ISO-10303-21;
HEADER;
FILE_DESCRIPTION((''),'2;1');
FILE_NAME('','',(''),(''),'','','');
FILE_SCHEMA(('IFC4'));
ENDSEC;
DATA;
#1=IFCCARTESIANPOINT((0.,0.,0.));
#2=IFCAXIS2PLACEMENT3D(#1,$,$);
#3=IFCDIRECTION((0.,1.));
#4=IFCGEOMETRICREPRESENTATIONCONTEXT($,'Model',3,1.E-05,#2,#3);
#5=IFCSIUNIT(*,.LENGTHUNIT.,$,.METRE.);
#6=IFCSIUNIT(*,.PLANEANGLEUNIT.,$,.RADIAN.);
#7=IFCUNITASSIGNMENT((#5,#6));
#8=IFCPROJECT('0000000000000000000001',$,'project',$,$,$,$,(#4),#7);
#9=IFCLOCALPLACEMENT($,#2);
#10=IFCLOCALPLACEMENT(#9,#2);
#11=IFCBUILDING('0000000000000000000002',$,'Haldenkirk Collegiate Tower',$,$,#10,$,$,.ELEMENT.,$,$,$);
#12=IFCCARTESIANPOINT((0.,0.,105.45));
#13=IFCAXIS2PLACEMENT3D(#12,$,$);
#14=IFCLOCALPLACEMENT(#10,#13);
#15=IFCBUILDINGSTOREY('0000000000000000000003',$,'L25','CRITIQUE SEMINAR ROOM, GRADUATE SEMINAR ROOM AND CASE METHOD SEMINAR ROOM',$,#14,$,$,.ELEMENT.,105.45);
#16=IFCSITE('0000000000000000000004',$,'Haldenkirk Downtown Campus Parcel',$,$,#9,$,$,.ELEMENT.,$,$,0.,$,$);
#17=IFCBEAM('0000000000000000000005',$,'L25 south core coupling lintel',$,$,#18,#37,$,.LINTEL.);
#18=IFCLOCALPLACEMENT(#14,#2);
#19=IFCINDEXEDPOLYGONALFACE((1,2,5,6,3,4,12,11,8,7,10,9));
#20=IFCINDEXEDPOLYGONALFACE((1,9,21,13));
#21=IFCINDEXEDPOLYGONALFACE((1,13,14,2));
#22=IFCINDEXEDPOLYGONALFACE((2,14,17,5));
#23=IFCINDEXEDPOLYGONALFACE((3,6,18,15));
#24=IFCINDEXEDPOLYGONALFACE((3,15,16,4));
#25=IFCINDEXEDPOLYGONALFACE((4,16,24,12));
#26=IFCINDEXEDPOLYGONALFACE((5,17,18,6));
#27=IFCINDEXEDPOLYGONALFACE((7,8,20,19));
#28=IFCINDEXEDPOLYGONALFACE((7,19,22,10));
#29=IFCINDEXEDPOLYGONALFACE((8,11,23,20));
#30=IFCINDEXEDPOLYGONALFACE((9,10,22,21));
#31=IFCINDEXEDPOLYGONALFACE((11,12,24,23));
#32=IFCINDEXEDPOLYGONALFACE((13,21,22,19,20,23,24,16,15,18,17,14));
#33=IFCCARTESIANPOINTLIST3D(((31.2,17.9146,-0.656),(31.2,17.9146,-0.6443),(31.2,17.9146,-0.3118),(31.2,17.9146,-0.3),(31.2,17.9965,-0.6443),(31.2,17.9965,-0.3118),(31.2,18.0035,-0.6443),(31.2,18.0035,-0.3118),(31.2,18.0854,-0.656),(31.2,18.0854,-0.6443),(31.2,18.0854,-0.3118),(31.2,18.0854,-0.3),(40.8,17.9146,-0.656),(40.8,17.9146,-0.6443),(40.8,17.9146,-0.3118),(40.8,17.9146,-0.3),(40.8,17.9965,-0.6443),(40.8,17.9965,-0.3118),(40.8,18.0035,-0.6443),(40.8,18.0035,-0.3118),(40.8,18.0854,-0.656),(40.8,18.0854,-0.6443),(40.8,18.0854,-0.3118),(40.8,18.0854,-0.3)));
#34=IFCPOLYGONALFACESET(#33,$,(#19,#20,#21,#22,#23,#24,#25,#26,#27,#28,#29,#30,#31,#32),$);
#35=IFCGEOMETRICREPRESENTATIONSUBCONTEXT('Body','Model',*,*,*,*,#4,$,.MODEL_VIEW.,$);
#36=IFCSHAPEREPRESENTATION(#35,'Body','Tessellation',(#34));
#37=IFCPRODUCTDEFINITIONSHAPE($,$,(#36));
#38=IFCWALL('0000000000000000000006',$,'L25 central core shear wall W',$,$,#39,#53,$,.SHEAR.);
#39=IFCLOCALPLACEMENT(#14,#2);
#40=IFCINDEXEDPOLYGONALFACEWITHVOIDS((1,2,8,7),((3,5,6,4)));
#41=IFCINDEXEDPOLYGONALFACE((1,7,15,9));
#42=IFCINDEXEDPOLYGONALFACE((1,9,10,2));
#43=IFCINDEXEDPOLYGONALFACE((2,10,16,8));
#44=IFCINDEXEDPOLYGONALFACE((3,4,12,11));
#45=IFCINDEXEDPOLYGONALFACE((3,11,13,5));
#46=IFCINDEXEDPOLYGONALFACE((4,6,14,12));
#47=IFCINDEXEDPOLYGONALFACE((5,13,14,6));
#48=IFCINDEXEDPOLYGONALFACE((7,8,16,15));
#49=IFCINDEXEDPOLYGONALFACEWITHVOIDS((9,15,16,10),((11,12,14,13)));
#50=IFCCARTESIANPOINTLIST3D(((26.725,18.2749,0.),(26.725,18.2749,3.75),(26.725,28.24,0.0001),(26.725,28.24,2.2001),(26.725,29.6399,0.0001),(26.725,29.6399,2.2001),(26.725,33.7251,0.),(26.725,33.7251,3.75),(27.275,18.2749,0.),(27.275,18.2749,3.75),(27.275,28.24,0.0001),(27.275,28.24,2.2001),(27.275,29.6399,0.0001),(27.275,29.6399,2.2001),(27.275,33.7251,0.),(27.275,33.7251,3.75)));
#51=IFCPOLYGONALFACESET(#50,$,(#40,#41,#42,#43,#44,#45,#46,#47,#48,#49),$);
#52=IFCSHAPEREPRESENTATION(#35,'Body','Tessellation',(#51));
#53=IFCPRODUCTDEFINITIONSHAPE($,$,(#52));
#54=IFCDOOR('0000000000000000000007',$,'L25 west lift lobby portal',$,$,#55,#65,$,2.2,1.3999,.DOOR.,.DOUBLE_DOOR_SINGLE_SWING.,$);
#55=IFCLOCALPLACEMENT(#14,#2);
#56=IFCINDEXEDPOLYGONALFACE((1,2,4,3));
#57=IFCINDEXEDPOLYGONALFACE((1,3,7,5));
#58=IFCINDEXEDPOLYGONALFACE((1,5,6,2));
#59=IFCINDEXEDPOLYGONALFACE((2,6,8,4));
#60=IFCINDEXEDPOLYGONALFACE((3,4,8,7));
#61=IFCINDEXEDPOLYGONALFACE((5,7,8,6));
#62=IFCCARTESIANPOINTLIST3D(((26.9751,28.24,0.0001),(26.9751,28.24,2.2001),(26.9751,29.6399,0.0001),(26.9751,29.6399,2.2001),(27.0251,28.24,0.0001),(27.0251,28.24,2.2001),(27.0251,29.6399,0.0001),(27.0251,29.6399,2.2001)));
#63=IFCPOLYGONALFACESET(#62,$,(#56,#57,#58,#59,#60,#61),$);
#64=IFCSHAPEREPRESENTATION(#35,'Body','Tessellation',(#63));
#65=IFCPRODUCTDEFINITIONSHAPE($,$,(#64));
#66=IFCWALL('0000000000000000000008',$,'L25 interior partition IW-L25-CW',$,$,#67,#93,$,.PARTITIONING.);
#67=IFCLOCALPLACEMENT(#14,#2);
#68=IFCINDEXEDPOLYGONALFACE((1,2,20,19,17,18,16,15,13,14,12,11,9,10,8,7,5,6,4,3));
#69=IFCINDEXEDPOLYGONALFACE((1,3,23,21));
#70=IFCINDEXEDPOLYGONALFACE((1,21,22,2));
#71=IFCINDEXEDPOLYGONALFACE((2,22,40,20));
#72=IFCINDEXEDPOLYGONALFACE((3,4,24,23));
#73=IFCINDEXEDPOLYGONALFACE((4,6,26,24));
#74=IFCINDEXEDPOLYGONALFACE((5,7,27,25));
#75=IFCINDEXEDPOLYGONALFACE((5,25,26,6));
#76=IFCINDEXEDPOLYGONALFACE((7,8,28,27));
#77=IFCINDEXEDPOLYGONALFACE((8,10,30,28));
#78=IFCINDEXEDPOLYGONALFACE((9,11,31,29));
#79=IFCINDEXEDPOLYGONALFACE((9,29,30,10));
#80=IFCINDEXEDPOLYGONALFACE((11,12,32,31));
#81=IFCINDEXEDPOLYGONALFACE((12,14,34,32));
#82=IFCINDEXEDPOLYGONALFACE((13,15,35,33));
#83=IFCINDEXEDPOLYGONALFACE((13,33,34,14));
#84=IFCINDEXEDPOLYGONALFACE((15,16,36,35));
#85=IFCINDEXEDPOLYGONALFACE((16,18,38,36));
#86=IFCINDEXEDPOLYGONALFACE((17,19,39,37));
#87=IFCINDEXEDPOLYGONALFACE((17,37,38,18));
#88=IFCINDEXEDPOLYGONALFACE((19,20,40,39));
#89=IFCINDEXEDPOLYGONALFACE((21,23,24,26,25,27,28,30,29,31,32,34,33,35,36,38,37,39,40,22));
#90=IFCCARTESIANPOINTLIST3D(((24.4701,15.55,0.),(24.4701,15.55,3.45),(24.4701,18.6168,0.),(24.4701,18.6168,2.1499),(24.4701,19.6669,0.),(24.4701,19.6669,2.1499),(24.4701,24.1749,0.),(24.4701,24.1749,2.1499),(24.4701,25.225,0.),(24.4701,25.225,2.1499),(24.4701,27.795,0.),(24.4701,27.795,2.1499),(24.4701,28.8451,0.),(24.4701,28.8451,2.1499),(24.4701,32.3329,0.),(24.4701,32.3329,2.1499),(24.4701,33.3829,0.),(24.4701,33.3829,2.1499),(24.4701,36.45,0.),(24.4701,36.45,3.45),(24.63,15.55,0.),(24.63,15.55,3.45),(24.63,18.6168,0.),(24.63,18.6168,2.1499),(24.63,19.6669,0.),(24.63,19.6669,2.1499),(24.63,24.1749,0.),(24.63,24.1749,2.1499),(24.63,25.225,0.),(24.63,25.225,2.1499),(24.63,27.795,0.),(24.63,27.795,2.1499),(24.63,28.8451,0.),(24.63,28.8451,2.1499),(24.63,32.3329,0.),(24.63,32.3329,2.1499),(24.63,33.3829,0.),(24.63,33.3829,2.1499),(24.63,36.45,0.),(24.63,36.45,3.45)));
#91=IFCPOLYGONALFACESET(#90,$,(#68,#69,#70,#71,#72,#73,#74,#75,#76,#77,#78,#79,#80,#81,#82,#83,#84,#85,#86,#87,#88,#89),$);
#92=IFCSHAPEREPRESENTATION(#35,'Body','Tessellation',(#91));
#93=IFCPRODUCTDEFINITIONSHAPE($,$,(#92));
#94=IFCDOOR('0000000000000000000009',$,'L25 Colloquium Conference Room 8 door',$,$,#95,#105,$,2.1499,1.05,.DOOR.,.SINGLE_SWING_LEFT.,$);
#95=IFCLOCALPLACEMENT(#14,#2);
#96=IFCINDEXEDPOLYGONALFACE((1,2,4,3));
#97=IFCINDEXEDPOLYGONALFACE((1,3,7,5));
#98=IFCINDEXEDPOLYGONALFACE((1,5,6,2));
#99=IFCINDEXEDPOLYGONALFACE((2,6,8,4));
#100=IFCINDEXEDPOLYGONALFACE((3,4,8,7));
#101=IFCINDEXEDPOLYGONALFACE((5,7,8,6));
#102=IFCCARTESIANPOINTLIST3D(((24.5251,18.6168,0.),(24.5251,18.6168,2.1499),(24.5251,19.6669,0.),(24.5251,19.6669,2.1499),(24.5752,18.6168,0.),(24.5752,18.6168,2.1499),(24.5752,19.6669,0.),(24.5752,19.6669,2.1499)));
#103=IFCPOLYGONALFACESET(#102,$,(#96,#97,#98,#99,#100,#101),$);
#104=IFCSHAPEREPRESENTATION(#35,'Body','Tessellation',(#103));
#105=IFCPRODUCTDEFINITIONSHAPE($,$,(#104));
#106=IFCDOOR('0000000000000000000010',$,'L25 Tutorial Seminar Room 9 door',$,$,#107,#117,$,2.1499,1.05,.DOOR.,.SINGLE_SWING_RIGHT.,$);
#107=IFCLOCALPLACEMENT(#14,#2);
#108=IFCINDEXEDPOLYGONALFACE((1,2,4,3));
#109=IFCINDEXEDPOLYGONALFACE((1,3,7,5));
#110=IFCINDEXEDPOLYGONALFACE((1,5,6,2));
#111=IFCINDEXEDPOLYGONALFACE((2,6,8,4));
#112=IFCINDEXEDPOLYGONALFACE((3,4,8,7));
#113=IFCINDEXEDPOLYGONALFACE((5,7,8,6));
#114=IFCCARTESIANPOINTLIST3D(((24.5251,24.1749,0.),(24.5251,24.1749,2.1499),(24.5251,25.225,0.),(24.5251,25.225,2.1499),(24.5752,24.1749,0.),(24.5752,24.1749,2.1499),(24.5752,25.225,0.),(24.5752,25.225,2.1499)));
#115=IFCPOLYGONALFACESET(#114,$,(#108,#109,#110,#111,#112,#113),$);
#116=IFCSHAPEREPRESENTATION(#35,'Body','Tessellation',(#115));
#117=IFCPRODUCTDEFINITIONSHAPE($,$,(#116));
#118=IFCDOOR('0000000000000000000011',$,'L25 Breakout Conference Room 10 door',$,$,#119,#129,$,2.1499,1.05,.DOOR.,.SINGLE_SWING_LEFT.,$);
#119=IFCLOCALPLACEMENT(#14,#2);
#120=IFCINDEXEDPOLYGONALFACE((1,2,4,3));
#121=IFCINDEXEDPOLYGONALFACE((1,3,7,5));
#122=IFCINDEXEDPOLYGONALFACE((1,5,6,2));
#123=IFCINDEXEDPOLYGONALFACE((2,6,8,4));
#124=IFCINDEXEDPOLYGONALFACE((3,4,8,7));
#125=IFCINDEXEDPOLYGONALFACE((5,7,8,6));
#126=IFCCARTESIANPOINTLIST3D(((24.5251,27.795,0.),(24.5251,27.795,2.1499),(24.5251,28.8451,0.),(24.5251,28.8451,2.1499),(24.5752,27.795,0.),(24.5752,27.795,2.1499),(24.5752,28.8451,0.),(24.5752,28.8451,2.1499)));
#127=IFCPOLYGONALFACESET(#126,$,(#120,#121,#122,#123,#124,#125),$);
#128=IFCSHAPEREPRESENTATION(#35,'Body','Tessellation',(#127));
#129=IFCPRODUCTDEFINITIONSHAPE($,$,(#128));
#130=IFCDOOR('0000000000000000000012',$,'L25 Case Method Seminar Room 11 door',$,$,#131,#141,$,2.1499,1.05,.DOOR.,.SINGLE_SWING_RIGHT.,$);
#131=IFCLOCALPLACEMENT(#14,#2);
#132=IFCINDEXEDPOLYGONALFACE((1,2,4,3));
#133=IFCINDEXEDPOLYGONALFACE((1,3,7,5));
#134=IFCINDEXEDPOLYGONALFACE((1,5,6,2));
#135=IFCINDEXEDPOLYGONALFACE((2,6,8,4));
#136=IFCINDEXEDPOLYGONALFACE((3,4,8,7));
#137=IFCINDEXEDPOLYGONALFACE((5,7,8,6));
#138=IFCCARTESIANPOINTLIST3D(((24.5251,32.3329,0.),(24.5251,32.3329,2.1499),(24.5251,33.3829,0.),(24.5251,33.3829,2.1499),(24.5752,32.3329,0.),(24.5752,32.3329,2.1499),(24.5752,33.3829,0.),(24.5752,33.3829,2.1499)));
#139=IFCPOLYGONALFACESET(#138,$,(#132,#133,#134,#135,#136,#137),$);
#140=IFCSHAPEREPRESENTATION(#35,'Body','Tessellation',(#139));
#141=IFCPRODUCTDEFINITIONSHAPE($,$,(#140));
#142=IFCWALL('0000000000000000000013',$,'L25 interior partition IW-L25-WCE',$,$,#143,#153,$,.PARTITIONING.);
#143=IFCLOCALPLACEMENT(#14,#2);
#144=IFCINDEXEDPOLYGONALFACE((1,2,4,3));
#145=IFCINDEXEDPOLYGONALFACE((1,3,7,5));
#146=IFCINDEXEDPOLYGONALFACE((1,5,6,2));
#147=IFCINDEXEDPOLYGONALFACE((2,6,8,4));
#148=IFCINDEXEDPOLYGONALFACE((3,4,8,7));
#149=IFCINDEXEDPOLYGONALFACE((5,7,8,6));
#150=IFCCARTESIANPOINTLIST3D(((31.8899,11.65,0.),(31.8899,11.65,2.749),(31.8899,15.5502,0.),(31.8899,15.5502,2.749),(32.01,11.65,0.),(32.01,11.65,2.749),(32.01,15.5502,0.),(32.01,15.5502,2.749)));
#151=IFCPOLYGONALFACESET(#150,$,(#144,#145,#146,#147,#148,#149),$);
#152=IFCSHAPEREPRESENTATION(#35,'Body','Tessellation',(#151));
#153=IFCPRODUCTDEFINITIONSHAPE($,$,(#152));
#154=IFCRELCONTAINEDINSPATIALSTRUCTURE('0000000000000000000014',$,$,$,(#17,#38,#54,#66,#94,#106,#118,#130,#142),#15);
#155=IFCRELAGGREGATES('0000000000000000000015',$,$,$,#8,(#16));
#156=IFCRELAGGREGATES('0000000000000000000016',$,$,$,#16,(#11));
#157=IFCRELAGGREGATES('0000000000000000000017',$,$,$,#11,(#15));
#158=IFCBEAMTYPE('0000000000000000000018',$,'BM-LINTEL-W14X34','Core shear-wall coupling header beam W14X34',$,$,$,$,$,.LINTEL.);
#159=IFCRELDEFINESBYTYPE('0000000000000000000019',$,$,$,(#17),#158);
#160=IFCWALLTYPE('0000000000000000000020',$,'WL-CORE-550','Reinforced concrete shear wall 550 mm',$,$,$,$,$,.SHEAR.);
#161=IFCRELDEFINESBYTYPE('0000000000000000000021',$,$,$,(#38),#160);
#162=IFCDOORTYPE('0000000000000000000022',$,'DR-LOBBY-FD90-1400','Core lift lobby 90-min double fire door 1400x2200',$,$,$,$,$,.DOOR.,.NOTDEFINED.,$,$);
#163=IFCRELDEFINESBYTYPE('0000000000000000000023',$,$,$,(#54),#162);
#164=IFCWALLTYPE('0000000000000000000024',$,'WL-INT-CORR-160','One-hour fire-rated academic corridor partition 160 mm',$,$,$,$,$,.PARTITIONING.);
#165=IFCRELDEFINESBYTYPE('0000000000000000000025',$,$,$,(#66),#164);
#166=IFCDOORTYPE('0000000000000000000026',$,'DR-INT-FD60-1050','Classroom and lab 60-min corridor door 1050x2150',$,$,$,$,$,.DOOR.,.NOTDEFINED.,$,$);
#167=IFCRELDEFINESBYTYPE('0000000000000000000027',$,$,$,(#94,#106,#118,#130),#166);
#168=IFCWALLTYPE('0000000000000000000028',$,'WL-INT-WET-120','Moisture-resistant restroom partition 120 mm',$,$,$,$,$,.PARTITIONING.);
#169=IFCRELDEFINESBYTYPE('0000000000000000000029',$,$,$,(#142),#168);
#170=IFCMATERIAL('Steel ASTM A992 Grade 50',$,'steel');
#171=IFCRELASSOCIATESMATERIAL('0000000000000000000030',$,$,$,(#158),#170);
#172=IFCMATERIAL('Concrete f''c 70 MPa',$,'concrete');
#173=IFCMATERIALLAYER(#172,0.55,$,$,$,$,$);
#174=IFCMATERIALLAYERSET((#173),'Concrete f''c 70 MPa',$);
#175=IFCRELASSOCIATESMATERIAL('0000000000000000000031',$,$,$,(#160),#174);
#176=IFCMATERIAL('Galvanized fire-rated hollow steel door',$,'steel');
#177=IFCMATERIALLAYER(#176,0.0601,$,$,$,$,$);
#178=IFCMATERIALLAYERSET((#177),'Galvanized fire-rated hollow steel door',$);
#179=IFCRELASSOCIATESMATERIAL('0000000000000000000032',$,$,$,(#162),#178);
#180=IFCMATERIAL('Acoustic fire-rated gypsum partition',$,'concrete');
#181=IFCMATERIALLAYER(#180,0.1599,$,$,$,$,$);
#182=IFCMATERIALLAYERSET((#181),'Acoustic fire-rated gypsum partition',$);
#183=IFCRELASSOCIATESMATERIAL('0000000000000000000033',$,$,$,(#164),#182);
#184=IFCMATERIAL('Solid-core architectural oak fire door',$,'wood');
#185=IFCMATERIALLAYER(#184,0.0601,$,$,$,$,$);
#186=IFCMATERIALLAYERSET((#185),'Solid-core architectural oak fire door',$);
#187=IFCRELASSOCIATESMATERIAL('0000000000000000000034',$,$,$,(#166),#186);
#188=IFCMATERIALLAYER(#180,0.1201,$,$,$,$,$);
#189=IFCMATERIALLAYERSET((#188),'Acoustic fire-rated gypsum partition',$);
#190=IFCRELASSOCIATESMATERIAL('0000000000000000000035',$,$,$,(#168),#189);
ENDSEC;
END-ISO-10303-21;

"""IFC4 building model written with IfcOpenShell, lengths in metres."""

from ifc_helpers import new_model, si_unit, direction, frame, frame_2d, origin, origin_2d, place, context, subcontext, project, spatial, rectangle, i_section, extrude, material, layer, layer_set, material_profile, profile_set, type_object, element, fill, save


model = new_model("IFC4")

# Units and contexts
model_context = context("Model", 3, precision=1e-05, world=origin(), true_north=direction((0.0, 1.0)))
body_context = subcontext(model_context, "Body", "Model", "MODEL_VIEW")
ifc_project = project(units=[si_unit("LENGTHUNIT", "METRE"), si_unit("PLANEANGLEUNIT", "RADIAN")], contexts=[model_context])

# Site, building, storey
site_placement = place(None, origin())
site = spatial("IfcSite", under=ifc_project, at=site_placement, Name="Haldenkirk Downtown Campus Parcel", CompositionType="ELEMENT", RefElevation=0.0)
building_placement = place(site_placement, origin())
building = spatial("IfcBuilding", under=site, at=building_placement, Name="Haldenkirk Collegiate Tower", CompositionType="ELEMENT")
storey_placement = place(building_placement, frame((0.0, 0.0, 105.45)))
storey = spatial("IfcBuildingStorey", under=building, at=storey_placement, Name="L25", Description="CRITIQUE SEMINAR ROOM, GRADUATE SEMINAR ROOM AND CASE METHOD SEMINAR ROOM", CompositionType="ELEMENT", Elevation=105.45)

# Beam
ifc_material_1 = material(Name="Steel ASTM A992 Grade 50", Category="steel")
ifc_material_profile = material_profile(ifc_material_1, i_section(OverallWidth=0.1709, OverallDepth=0.356, WebThickness=0.0071, FlangeThickness=0.0117, at=origin_2d()), Name="W14X34")
ifc_profile_set = profile_set([ifc_material_profile], Name="Steel ASTM A992 Grade 50")
beam_type = type_object("IfcBeamType", Name="BM-LINTEL-W14X34", Description="Core shear-wall coupling header beam W14X34", PredefinedType="LINTEL", material=ifc_profile_set)
beam_placement = place(storey_placement, frame((31.2, 18.0, -0.478), z_axis=(1.0, 0.0, 0.0), x_axis=(0.0, 1.0, 0.0)))
element("IfcBeam", 1, at=beam_placement, inside=storey, type_object=beam_type, Name="L25 south core coupling lintel", PredefinedType="LINTEL", context=body_context, shape_type="SweptSolid", body=[
    extrude(i_section(OverallWidth=0.1709, OverallDepth=0.356, WebThickness=0.0071, FlangeThickness=0.0117, at=origin_2d()), origin(), (0.0, 0.0, 1.0), 9.6001),
])

# Shared definitions
ifc_material_2 = material(Name="Concrete f'c 70 MPa", Category="concrete")
ifc_layer_1 = layer(ifc_material_2, 0.55)
ifc_layer_set_1 = layer_set([ifc_layer_1], Name="Concrete f'c 70 MPa")
wall_type_1 = type_object("IfcWallType", Name="WL-CORE-550", Description="Reinforced concrete shear wall 550 mm", PredefinedType="SHEAR", material=ifc_layer_set_1)
ifc_material_3 = material(Name="Galvanized fire-rated hollow steel door", Category="steel")

# Wall, opening, door
wall_1_placement = place(storey_placement, frame((27.0, 18.2749, 0.0), z_axis=(0.0, 0.0, 1.0), x_axis=(0.0, 1.0, 0.0)))
wall_1 = element("IfcWall", 2, at=wall_1_placement, inside=storey, type_object=wall_type_1, Name="L25 central core shear wall W", PredefinedType="SHEAR", context=body_context, shape_type="SweptSolid", body=[
    extrude(rectangle(XDim=15.4502, YDim=0.55, at=frame_2d((7.7251, 0.0))), origin(), (0.0, 0.0, 1.0), 3.75),
])
opening_1_placement = place(wall_1_placement, frame((9.9651, 0.0, 0.0)))
opening_1 = element("IfcOpeningElement", 3, at=opening_1_placement, cuts=wall_1, PredefinedType="OPENING", context=body_context, shape_type="SweptSolid", body=[
    extrude(rectangle(XDim=1.3999, YDim=2.2, at=frame_2d((0.7, 1.1001))), frame((0.0, 0.2849, 0.0), z_axis=(0.0, -1.0, 0.0), x_axis=(1.0, 0.0, 0.0)), (0.0, 0.0, 1.0), 0.5701),
])
ifc_layer_2 = layer(ifc_material_3, 0.0601)
ifc_layer_set_2 = layer_set([ifc_layer_2], Name="Galvanized fire-rated hollow steel door")
door_type_1 = type_object("IfcDoorType", Name="DR-LOBBY-FD90-1400", Description="Core lift lobby 90-min double fire door 1400x2200", OperationType="NOTDEFINED", PredefinedType="DOOR", material=ifc_layer_set_2)
door_1_placement = place(opening_1_placement, origin())
door_1 = element("IfcDoor", 4, at=door_1_placement, inside=storey, type_object=door_type_1, Name="L25 west lift lobby portal", OperationType="DOUBLE_DOOR_SINGLE_SWING", OverallHeight=2.2, OverallWidth=1.3999, PredefinedType="DOOR", context=body_context, shape_type="SweptSolid", body=[
    extrude(rectangle(XDim=1.3999, YDim=2.2, at=frame_2d((0.7, 1.1001))), frame((0.0, 0.0249, 0.0), z_axis=(0.0, -1.0, 0.0), x_axis=(1.0, 0.0, 0.0)), (0.0, 0.0, 1.0), 0.05),
])
fill(opening_1, door_1)

# Wall, openings, doors
ifc_material_4 = material(Name="Acoustic fire-rated gypsum partition", Category="concrete")
ifc_layer_3 = layer(ifc_material_4, 0.1599)
ifc_layer_set_3 = layer_set([ifc_layer_3], Name="Acoustic fire-rated gypsum partition")
wall_type_2 = type_object("IfcWallType", Name="WL-INT-CORR-160", Description="One-hour fire-rated academic corridor partition 160 mm", PredefinedType="PARTITIONING", material=ifc_layer_set_3)
ifc_material_5 = material(Name="Solid-core architectural oak fire door", Category="wood")
ifc_layer_4 = layer(ifc_material_5, 0.0601)
ifc_layer_set_4 = layer_set([ifc_layer_4], Name="Solid-core architectural oak fire door")
door_type_2 = type_object("IfcDoorType", Name="DR-INT-FD60-1050", Description="Classroom and lab 60-min corridor door 1050x2150", OperationType="NOTDEFINED", PredefinedType="DOOR", material=ifc_layer_set_4)
wall_2_placement = place(storey_placement, frame((24.55, 15.55, 0.0), z_axis=(0.0, 0.0, 1.0), x_axis=(0.0, 1.0, 0.0)))
wall_2 = element("IfcWall", 5, at=wall_2_placement, inside=storey, type_object=wall_type_2, Name="L25 interior partition IW-L25-CW", PredefinedType="PARTITIONING", context=body_context, shape_type="SweptSolid", body=[
    extrude(rectangle(XDim=20.8999, YDim=0.1599, at=frame_2d((10.45, 0.0))), origin(), (0.0, 0.0, 1.0), 3.45),
])
opening_2_placement = place(wall_2_placement, frame((3.0669, 0.0, 0.0)))
opening_2 = element("IfcOpeningElement", 6, at=opening_2_placement, cuts=wall_2, PredefinedType="OPENING", context=body_context, shape_type="SweptSolid", body=[
    extrude(rectangle(XDim=1.05, YDim=2.1499, at=frame_2d((0.5249, 1.075))), frame((0.0, 0.0898, 0.0), z_axis=(0.0, -1.0, 0.0), x_axis=(1.0, 0.0, 0.0)), (0.0, 0.0, 1.0), 0.1799),
])
opening_3_placement = place(wall_2_placement, frame((8.625, 0.0, 0.0)))
opening_3 = element("IfcOpeningElement", 7, at=opening_3_placement, cuts=wall_2, PredefinedType="OPENING", context=body_context, shape_type="SweptSolid", body=[
    extrude(rectangle(XDim=1.05, YDim=2.1499, at=frame_2d((0.5249, 1.075))), frame((0.0, 0.0898, 0.0), z_axis=(0.0, -1.0, 0.0), x_axis=(1.0, 0.0, 0.0)), (0.0, 0.0, 1.0), 0.1799),
])
opening_4_placement = place(wall_2_placement, frame((12.2451, 0.0, 0.0)))
opening_4 = element("IfcOpeningElement", 8, at=opening_4_placement, cuts=wall_2, PredefinedType="OPENING", context=body_context, shape_type="SweptSolid", body=[
    extrude(rectangle(XDim=1.05, YDim=2.1499, at=frame_2d((0.5249, 1.075))), frame((0.0, 0.0898, 0.0), z_axis=(0.0, -1.0, 0.0), x_axis=(1.0, 0.0, 0.0)), (0.0, 0.0, 1.0), 0.1799),
])
opening_5_placement = place(wall_2_placement, frame((16.783, 0.0, 0.0)))
opening_5 = element("IfcOpeningElement", 9, at=opening_5_placement, cuts=wall_2, PredefinedType="OPENING", context=body_context, shape_type="SweptSolid", body=[
    extrude(rectangle(XDim=1.05, YDim=2.1499, at=frame_2d((0.5249, 1.075))), frame((0.0, 0.0898, 0.0), z_axis=(0.0, -1.0, 0.0), x_axis=(1.0, 0.0, 0.0)), (0.0, 0.0, 1.0), 0.1799),
])
door_2_placement = place(opening_2_placement, origin())
door_2 = element("IfcDoor", 10, at=door_2_placement, inside=storey, type_object=door_type_2, Name="L25 Colloquium Conference Room 8 door", OperationType="SINGLE_SWING_LEFT", OverallHeight=2.1499, OverallWidth=1.05, PredefinedType="DOOR", context=body_context, shape_type="SweptSolid", body=[
    extrude(rectangle(XDim=1.05, YDim=2.1499, at=frame_2d((0.5249, 1.075))), frame((0.0, 0.0249, 0.0), z_axis=(0.0, -1.0, 0.0), x_axis=(1.0, 0.0, 0.0)), (0.0, 0.0, 1.0), 0.05),
])
fill(opening_2, door_2)
door_3_placement = place(opening_3_placement, origin())
door_3 = element("IfcDoor", 11, at=door_3_placement, inside=storey, type_object=door_type_2, Name="L25 Tutorial Seminar Room 9 door", OperationType="SINGLE_SWING_RIGHT", OverallHeight=2.1499, OverallWidth=1.05, PredefinedType="DOOR", context=body_context, shape_type="SweptSolid", body=[
    extrude(rectangle(XDim=1.05, YDim=2.1499, at=frame_2d((0.5249, 1.075))), frame((0.0, 0.0249, 0.0), z_axis=(0.0, -1.0, 0.0), x_axis=(1.0, 0.0, 0.0)), (0.0, 0.0, 1.0), 0.05),
])
fill(opening_3, door_3)
door_4_placement = place(opening_4_placement, origin())
door_4 = element("IfcDoor", 12, at=door_4_placement, inside=storey, type_object=door_type_2, Name="L25 Breakout Conference Room 10 door", OperationType="SINGLE_SWING_LEFT", OverallHeight=2.1499, OverallWidth=1.05, PredefinedType="DOOR", context=body_context, shape_type="SweptSolid", body=[
    extrude(rectangle(XDim=1.05, YDim=2.1499, at=frame_2d((0.5249, 1.075))), frame((0.0, 0.0249, 0.0), z_axis=(0.0, -1.0, 0.0), x_axis=(1.0, 0.0, 0.0)), (0.0, 0.0, 1.0), 0.05),
])
fill(opening_4, door_4)
door_5_placement = place(opening_5_placement, origin())
door_5 = element("IfcDoor", 13, at=door_5_placement, inside=storey, type_object=door_type_2, Name="L25 Case Method Seminar Room 11 door", OperationType="SINGLE_SWING_RIGHT", OverallHeight=2.1499, OverallWidth=1.05, PredefinedType="DOOR", context=body_context, shape_type="SweptSolid", body=[
    extrude(rectangle(XDim=1.05, YDim=2.1499, at=frame_2d((0.5249, 1.075))), frame((0.0, 0.0249, 0.0), z_axis=(0.0, -1.0, 0.0), x_axis=(1.0, 0.0, 0.0)), (0.0, 0.0, 1.0), 0.05),
])
fill(opening_5, door_5)

# Wall
ifc_layer_5 = layer(ifc_material_4, 0.1201)
ifc_layer_set_5 = layer_set([ifc_layer_5], Name="Acoustic fire-rated gypsum partition")
wall_type_3 = type_object("IfcWallType", Name="WL-INT-WET-120", Description="Moisture-resistant restroom partition 120 mm", PredefinedType="PARTITIONING", material=ifc_layer_set_5)
wall_3_placement = place(storey_placement, frame((31.95, 11.6499, 0.0), z_axis=(0.0, 0.0, 1.0), x_axis=(0.0, 1.0, 0.0)))
element("IfcWall", 14, at=wall_3_placement, inside=storey, type_object=wall_type_3, Name="L25 interior partition IW-L25-WCE", PredefinedType="PARTITIONING", context=body_context, shape_type="SweptSolid", body=[
    extrude(rectangle(XDim=3.9001, YDim=0.1201, at=frame_2d((1.9502, 0.0))), origin(), (0.0, 0.0, 1.0), 2.749),
])

save(model, "model.ifc")
